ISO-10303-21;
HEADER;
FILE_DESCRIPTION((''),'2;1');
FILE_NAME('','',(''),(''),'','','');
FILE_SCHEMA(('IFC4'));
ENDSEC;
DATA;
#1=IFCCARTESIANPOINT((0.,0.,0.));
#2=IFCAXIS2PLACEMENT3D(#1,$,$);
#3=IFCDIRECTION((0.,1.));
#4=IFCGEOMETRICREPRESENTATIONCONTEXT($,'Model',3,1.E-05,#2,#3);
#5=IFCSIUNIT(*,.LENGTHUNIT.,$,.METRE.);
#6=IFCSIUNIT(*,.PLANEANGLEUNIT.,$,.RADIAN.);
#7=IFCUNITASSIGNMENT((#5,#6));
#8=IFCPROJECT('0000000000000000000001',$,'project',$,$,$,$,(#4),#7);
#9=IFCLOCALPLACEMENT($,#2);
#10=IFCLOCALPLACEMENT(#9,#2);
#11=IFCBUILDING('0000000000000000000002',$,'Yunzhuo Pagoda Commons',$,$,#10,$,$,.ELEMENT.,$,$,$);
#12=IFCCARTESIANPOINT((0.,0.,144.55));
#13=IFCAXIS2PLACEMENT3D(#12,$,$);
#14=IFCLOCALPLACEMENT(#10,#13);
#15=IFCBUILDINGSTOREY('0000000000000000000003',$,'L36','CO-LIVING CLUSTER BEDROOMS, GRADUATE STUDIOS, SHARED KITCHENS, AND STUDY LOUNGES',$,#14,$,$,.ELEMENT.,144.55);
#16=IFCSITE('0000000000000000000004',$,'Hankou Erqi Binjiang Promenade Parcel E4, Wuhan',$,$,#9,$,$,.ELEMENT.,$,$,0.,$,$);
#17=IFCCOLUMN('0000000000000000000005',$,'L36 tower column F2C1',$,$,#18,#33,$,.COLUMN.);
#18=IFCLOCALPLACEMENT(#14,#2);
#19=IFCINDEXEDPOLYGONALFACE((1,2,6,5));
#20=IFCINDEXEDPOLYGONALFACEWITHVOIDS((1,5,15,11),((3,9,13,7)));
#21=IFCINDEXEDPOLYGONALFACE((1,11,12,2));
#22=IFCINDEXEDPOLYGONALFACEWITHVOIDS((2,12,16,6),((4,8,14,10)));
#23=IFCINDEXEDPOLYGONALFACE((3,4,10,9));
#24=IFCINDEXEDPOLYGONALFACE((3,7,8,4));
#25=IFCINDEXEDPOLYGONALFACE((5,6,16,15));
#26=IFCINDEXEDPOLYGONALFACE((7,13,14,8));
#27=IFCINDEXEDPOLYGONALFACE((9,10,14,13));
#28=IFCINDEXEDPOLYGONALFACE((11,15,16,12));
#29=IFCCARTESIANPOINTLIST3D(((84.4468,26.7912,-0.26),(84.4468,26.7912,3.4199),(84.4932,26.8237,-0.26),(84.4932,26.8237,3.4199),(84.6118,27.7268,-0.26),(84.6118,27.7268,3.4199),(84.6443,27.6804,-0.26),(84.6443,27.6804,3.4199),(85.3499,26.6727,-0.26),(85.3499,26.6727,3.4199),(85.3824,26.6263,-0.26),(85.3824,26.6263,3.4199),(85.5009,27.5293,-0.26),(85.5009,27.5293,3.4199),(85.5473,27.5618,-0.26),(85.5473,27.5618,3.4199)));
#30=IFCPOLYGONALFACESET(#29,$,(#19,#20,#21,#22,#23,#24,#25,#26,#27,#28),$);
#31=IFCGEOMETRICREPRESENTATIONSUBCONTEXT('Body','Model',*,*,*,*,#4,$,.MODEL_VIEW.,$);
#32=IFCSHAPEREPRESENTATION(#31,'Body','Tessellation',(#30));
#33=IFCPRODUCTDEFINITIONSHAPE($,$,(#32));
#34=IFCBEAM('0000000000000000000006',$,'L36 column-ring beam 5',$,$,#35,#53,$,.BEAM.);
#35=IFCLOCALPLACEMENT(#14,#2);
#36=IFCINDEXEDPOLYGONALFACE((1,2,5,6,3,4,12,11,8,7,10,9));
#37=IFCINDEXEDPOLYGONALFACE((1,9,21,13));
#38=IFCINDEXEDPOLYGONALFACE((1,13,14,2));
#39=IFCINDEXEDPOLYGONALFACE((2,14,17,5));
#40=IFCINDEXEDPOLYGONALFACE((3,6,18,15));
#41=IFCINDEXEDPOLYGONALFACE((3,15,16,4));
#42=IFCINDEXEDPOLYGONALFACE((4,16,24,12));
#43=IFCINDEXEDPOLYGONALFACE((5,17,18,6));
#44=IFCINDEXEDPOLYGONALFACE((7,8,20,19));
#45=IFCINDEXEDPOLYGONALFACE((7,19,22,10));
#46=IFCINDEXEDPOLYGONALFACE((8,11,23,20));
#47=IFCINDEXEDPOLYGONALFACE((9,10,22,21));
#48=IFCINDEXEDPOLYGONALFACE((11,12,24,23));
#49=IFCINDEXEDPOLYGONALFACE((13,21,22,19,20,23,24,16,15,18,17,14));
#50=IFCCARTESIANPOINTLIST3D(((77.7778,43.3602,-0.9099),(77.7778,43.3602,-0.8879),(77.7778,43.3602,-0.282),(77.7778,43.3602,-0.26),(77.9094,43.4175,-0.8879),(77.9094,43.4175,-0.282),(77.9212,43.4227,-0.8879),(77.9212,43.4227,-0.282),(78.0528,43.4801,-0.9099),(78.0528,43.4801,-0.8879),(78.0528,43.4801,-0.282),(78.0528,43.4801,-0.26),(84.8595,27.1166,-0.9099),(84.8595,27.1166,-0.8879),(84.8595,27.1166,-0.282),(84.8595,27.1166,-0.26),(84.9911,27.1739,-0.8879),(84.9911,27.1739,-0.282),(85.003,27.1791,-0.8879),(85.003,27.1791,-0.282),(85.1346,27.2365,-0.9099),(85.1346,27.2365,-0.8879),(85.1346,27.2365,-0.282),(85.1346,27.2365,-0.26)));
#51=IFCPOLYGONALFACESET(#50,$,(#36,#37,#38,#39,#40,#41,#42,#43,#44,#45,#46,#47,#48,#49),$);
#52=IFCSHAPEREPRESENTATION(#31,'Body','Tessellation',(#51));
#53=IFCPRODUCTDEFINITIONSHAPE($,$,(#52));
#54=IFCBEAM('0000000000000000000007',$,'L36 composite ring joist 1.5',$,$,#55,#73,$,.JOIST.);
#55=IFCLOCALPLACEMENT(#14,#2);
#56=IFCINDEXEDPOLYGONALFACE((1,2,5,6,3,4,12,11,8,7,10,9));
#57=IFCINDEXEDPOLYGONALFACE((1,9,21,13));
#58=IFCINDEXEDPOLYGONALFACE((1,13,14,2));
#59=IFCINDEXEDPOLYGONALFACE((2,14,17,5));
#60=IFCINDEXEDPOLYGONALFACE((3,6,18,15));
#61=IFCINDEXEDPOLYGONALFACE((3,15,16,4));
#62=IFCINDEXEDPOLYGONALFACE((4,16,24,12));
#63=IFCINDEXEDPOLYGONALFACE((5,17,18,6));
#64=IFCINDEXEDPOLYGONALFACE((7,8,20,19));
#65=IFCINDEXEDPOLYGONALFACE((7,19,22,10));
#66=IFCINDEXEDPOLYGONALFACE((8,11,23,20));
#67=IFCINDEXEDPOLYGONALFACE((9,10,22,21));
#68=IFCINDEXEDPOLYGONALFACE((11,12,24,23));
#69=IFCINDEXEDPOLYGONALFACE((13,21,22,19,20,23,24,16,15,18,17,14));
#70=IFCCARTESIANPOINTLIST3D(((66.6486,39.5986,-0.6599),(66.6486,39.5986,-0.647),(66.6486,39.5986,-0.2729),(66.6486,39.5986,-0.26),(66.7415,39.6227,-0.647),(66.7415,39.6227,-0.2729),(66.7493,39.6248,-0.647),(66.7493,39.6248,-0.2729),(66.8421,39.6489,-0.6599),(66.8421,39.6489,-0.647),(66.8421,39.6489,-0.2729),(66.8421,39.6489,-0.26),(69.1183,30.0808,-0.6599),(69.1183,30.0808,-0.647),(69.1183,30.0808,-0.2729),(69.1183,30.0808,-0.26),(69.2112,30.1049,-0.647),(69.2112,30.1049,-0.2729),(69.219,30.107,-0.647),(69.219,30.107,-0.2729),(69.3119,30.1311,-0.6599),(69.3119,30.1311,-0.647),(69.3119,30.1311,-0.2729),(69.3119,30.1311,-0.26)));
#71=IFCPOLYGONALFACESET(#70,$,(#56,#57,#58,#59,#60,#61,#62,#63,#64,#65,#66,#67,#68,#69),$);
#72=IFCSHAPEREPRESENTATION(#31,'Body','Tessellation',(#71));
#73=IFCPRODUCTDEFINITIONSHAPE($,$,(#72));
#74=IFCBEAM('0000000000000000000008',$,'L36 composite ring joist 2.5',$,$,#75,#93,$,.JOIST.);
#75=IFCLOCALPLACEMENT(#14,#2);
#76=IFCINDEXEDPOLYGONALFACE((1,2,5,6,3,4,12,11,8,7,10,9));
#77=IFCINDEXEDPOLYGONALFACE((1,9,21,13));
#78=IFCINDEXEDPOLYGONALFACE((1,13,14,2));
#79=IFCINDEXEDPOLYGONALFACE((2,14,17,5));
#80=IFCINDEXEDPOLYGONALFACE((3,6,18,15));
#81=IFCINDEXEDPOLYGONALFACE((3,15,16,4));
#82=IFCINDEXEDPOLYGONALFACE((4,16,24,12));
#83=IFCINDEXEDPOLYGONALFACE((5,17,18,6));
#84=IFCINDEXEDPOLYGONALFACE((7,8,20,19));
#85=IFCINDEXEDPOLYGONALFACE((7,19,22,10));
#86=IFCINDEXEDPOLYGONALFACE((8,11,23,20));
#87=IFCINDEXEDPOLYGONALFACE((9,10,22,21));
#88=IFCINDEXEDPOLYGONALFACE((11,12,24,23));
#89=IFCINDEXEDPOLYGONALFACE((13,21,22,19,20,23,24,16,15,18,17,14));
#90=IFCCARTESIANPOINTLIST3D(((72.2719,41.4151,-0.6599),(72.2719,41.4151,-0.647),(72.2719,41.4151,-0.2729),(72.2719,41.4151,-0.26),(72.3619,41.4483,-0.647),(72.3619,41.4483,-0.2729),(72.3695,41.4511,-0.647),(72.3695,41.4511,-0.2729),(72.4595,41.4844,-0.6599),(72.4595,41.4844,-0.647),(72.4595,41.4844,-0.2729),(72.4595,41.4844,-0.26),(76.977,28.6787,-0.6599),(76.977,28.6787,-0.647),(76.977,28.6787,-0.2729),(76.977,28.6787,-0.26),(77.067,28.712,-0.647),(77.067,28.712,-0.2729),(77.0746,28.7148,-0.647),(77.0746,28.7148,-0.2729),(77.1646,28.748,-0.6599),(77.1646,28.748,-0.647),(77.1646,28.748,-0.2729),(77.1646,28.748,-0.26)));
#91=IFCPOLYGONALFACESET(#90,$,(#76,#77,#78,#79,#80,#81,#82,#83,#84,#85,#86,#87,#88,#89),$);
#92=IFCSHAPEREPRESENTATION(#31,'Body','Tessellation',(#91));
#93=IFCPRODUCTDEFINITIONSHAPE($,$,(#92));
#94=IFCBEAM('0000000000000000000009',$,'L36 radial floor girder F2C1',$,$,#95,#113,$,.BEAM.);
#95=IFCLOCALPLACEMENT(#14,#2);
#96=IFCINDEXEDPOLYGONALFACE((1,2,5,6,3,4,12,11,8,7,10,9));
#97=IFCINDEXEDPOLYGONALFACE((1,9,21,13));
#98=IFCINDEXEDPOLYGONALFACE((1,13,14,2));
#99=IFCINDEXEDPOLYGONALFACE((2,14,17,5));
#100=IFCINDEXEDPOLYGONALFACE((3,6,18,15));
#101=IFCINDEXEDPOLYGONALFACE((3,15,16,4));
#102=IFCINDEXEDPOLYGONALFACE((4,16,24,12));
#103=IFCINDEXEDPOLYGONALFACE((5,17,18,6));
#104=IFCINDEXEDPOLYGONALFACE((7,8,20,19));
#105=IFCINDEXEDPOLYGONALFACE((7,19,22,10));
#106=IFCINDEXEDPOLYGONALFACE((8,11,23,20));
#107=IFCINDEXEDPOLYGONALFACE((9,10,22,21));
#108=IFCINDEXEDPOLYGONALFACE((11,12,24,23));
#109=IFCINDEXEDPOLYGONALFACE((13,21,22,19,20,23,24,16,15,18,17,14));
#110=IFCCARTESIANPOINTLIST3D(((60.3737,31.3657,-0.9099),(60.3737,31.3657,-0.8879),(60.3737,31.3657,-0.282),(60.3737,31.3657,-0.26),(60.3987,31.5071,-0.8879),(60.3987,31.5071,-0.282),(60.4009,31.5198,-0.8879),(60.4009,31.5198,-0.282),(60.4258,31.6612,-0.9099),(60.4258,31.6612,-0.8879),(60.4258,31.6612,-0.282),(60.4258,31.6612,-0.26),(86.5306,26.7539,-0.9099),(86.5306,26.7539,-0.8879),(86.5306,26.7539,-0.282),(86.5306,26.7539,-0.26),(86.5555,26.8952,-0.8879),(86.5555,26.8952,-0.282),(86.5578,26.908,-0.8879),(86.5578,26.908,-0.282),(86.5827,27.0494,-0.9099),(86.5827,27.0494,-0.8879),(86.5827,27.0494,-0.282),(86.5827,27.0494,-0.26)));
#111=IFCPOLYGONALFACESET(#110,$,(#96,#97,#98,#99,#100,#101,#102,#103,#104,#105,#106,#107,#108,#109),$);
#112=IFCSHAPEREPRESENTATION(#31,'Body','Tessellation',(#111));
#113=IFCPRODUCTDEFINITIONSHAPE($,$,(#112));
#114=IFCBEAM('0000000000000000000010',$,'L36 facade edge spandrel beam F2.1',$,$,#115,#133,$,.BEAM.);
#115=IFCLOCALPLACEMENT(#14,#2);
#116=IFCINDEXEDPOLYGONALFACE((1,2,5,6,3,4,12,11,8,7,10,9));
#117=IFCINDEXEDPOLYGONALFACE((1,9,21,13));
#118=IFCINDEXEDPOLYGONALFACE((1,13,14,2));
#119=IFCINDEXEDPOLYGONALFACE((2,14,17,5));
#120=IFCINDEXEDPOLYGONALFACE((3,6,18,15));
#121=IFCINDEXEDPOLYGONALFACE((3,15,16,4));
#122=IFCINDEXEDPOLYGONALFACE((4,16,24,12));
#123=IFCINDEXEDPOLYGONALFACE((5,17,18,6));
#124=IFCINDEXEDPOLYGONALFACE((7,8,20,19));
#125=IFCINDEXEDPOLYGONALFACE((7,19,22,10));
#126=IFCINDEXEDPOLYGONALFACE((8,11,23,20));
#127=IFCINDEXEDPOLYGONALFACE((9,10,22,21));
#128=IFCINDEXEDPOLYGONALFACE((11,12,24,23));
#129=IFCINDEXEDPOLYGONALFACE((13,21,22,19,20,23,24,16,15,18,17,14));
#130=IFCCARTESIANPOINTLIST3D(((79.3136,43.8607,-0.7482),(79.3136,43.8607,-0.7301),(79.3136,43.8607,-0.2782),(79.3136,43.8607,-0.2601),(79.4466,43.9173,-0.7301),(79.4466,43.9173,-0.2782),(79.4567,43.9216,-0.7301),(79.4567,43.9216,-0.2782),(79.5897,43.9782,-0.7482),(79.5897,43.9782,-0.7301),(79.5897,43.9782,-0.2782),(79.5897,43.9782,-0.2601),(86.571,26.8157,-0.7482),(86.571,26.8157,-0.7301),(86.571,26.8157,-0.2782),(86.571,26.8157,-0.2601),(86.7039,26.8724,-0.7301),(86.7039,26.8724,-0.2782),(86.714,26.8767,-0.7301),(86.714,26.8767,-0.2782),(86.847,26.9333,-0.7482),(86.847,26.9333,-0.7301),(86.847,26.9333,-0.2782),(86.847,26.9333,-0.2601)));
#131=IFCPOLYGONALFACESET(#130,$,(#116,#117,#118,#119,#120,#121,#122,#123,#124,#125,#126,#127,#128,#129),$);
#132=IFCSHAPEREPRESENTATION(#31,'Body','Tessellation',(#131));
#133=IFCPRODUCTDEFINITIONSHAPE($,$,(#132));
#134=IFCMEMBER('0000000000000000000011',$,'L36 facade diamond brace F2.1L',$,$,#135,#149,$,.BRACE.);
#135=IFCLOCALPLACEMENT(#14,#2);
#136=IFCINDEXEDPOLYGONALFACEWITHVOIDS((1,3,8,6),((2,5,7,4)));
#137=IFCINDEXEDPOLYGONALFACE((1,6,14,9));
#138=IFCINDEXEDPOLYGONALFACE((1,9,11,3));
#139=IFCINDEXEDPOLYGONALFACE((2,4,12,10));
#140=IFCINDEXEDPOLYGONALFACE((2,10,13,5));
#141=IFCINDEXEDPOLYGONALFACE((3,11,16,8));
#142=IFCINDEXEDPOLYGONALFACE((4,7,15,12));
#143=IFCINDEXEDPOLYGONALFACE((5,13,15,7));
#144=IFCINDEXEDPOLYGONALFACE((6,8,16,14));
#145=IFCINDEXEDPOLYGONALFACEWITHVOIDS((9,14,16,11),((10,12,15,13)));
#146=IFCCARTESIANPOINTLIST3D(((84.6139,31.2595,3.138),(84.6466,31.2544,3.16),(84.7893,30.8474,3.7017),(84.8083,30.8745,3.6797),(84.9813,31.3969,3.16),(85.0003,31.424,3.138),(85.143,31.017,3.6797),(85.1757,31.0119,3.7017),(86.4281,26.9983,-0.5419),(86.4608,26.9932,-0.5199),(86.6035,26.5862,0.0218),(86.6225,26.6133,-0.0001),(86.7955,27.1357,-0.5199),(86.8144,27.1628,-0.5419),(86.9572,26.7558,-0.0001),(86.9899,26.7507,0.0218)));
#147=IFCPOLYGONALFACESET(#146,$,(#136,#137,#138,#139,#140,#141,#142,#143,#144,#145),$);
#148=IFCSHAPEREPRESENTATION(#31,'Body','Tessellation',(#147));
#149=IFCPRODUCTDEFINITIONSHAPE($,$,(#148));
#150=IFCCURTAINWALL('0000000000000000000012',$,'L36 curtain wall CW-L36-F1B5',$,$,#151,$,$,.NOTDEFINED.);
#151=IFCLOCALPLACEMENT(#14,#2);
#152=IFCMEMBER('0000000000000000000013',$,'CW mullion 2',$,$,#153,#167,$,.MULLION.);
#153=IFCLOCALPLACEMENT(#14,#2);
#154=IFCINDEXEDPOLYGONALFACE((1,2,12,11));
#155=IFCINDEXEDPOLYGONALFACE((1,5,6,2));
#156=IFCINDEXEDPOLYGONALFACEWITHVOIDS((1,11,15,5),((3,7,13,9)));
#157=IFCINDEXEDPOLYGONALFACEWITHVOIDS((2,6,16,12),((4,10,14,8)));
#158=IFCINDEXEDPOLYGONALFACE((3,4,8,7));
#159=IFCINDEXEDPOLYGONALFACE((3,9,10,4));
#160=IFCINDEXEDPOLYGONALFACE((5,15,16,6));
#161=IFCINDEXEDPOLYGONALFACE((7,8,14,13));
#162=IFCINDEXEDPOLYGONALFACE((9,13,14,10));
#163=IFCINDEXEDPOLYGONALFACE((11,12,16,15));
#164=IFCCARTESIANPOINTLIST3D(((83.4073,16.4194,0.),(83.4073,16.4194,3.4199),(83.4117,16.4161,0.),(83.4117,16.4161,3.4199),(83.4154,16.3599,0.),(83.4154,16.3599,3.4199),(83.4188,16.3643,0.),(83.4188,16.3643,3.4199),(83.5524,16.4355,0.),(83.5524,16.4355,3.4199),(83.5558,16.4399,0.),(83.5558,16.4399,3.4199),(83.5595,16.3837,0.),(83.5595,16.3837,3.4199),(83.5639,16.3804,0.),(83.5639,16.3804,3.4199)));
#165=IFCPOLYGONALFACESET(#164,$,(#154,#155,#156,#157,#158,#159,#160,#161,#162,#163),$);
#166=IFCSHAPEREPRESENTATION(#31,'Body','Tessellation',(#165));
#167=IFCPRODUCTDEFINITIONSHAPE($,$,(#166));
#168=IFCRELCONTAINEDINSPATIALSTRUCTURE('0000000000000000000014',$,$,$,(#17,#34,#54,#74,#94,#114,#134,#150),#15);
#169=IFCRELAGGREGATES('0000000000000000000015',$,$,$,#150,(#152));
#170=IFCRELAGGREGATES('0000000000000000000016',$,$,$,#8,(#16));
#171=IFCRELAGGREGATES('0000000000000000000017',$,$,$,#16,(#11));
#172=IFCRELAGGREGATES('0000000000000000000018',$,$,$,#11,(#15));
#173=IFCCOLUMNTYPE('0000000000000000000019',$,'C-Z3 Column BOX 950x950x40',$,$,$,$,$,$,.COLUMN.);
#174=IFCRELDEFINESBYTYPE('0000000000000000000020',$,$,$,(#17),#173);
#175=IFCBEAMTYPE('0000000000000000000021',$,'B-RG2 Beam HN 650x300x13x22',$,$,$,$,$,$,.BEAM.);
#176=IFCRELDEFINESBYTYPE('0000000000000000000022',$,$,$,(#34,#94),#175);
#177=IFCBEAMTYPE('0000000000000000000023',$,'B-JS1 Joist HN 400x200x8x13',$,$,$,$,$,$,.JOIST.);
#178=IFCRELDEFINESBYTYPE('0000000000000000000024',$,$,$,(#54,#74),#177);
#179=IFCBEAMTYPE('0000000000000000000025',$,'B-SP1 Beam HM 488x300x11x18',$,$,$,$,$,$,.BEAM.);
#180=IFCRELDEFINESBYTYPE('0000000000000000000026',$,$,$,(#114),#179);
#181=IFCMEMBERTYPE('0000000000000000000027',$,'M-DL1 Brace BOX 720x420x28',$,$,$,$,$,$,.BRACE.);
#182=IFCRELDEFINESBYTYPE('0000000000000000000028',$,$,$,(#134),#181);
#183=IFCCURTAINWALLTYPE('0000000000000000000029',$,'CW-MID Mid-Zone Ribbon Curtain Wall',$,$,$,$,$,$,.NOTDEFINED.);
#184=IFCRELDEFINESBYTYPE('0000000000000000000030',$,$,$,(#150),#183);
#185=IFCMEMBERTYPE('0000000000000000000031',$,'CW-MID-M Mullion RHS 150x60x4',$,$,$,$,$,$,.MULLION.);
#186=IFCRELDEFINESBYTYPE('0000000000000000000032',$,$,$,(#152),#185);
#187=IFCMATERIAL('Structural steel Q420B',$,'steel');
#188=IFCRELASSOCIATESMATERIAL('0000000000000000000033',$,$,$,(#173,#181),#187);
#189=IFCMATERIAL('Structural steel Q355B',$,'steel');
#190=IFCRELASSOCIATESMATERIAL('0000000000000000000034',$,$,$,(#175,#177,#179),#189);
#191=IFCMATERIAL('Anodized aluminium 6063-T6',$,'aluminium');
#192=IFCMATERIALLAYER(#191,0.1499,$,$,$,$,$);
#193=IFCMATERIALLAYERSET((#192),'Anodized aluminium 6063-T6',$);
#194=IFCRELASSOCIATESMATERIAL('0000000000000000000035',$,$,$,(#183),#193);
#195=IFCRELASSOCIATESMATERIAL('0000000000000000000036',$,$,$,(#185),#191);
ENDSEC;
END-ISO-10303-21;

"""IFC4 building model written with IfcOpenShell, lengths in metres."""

from ifc_helpers import new_model, si_unit, direction, frame, origin, origin_2d, place, context, subcontext, project, spatial, hollow_rectangle, i_section, extrude, source, transform, mapped, material, layer, layer_set, material_profile, profile_set, type_object, element, aggregate, save


model = new_model("IFC4")

# Units and contexts
model_context = context("Model", 3, precision=1e-05, world=origin(), true_north=direction((0.0, 1.0)))
body_context = subcontext(model_context, "Body", "Model", "MODEL_VIEW")
ifc_project = project(units=[si_unit("LENGTHUNIT", "METRE"), si_unit("PLANEANGLEUNIT", "RADIAN")], contexts=[model_context])

# Site, building, storey
site_placement = place(None, origin())
site = spatial("IfcSite", under=ifc_project, at=site_placement, Name="Hankou Erqi Binjiang Promenade Parcel E4, Wuhan", CompositionType="ELEMENT", RefElevation=0.0)
building_placement = place(site_placement, origin())
building = spatial("IfcBuilding", under=site, at=building_placement, Name="Yunzhuo Pagoda Commons", CompositionType="ELEMENT")
storey_placement = place(building_placement, frame((0.0, 0.0, 144.55)))
storey = spatial("IfcBuildingStorey", under=building, at=storey_placement, Name="L36", Description="CO-LIVING CLUSTER BEDROOMS, GRADUATE STUDIOS, SHARED KITCHENS, AND STUDY LOUNGES", CompositionType="ELEMENT", Elevation=144.55)

# Column
ifc_material_1 = material(Name="Structural steel Q420B", Category="steel")
ifc_material_profile_1 = material_profile(ifc_material_1, hollow_rectangle(XDim=0.95, YDim=0.95, WallThickness=0.04, at=origin_2d()), Name="Structural steel Q420B")
ifc_profile_set_1 = profile_set([ifc_material_profile_1], Name="Structural steel Q420B")
column_type = type_object("IfcColumnType", Name="C-Z3 Column BOX 950x950x40", PredefinedType="COLUMN", material=ifc_profile_set_1)
shared_shape_1 = source(origin(), body_context, "Body", "SweptSolid", [
    extrude(hollow_rectangle(XDim=0.95, YDim=0.95, WallThickness=0.04, at=origin_2d()), origin(), (0.0, 0.0, 1.0), 3.6799),
])
column_placement = place(storey_placement, frame((84.9971, 27.1765, -0.26), z_axis=(0.0, 0.0, 1.0), x_axis=(0.173648, 0.984808, 0.0)))
element("IfcColumn", 1, at=column_placement, inside=storey, type_object=column_type, Name="L36 tower column F2C1", PredefinedType="COLUMN", context=body_context, shape_type="MappedRepresentation", body=[
    mapped(shared_shape_1, transform((0.0, 0.0, 0.0), scale=1.0)),
])

# Beams
ifc_material_2 = material(Name="Structural steel Q355B", Category="steel")
ifc_material_profile_2 = material_profile(ifc_material_2, i_section(OverallWidth=0.3, OverallDepth=0.6499, WebThickness=0.0129, FlangeThickness=0.022, at=origin_2d()), Name="Structural steel Q355B")
ifc_profile_set_2 = profile_set([ifc_material_profile_2], Name="Structural steel Q355B")
beam_type_1 = type_object("IfcBeamType", Name="B-RG2 Beam HN 650x300x13x22", PredefinedType="BEAM", material=ifc_profile_set_2)
shared_shape_2 = source(origin(), body_context, "Body", "SweptSolid", [
    extrude(i_section(OverallWidth=0.3, OverallDepth=0.6499, WebThickness=0.0129, FlangeThickness=0.022, at=origin_2d()), origin(), (0.0, 0.0, 1.0), 17.7202),
])
beam_1_placement = place(storey_placement, frame((84.9971, 27.1765, -0.585), z_axis=(-0.399643, 0.916671, 0.0), x_axis=(-0.916671, -0.399643, 0.0)))
element("IfcBeam", 2, at=beam_1_placement, inside=storey, type_object=beam_type_1, Name="L36 column-ring beam 5", PredefinedType="BEAM", context=body_context, shape_type="MappedRepresentation", body=[
    mapped(shared_shape_2, transform((0.0, 0.0, 0.0), scale=1.0)),
])
ifc_material_profile_3 = material_profile(ifc_material_2, i_section(OverallWidth=0.2, OverallDepth=0.3999, WebThickness=0.0081, FlangeThickness=0.0129, at=origin_2d()), Name="Structural steel Q355B")
ifc_profile_set_3 = profile_set([ifc_material_profile_3], Name="Structural steel Q355B")
beam_type_2 = type_object("IfcBeamType", Name="B-JS1 Joist HN 400x200x8x13", PredefinedType="JOIST", material=ifc_profile_set_3)
shared_shape_3 = source(origin(), body_context, "Body", "SweptSolid", [
    extrude(i_section(OverallWidth=0.2, OverallDepth=0.3999, WebThickness=0.0081, FlangeThickness=0.0129, at=origin_2d()), origin(), (0.0, 0.0, 1.0), 9.833),
])
beam_2_placement = place(storey_placement, frame((69.2151, 30.106, -0.46), z_axis=(-0.251166, 0.967944, 0.0), x_axis=(-0.967944, -0.251166, 0.0)))
element("IfcBeam", 3, at=beam_2_placement, inside=storey, type_object=beam_type_2, Name="L36 composite ring joist 1.5", PredefinedType="JOIST", context=body_context, shape_type="MappedRepresentation", body=[
    mapped(shared_shape_3, transform((0.0, 0.0, 0.0), scale=1.0)),
])
shared_shape_4 = source(origin(), body_context, "Body", "SweptSolid", [
    extrude(i_section(OverallWidth=0.2, OverallDepth=0.3999, WebThickness=0.0081, FlangeThickness=0.0129, at=origin_2d()), origin(), (0.0, 0.0, 1.0), 13.5776),
])
beam_3_placement = place(storey_placement, frame((77.0708, 28.7134, -0.46), z_axis=(-0.346532, 0.938038, 0.0), x_axis=(-0.938038, -0.346532, 0.0)))
element("IfcBeam", 4, at=beam_3_placement, inside=storey, type_object=beam_type_2, Name="L36 composite ring joist 2.5", PredefinedType="JOIST", context=body_context, shape_type="MappedRepresentation", body=[
    mapped(shared_shape_4, transform((0.0, 0.0, 0.0), scale=1.0)),
])
shared_shape_5 = source(origin(), body_context, "Body", "SweptSolid", [
    extrude(i_section(OverallWidth=0.3, OverallDepth=0.6499, WebThickness=0.0129, FlangeThickness=0.022, at=origin_2d()), origin(), (0.0, 0.0, 1.0), 26.5603),
])
beam_4_placement = place(storey_placement, frame((86.5566, 26.9016, -0.585), z_axis=(-0.98481, 0.173636, 0.0), x_axis=(-0.173636, -0.98481, 0.0)))
element("IfcBeam", 5, at=beam_4_placement, inside=storey, type_object=beam_type_1, Name="L36 radial floor girder F2C1", PredefinedType="BEAM", context=body_context, shape_type="MappedRepresentation", body=[
    mapped(shared_shape_5, transform((0.0, 0.0, 0.0), scale=1.0)),
])
ifc_material_profile_4 = material_profile(ifc_material_2, i_section(OverallWidth=0.3, OverallDepth=0.488, WebThickness=0.011, FlangeThickness=0.0181, at=origin_2d()), Name="Structural steel Q355B")
ifc_profile_set_4 = profile_set([ifc_material_profile_4], Name="Structural steel Q355B")
beam_type_3 = type_object("IfcBeamType", Name="B-SP1 Beam HM 488x300x11x18", PredefinedType="BEAM", material=ifc_profile_set_4)
shared_shape_6 = source(origin(), body_context, "Body", "SweptSolid", [
    extrude(i_section(OverallWidth=0.3, OverallDepth=0.488, WebThickness=0.011, FlangeThickness=0.0181, at=origin_2d()), origin(), (0.0, 0.0, 1.0), 18.5256),
])
beam_5_placement = place(storey_placement, frame((86.709, 26.8745, -0.5042), z_axis=(-0.391746, 0.920074, 0.0), x_axis=(-0.920074, -0.391746, 0.0)))
element("IfcBeam", 6, at=beam_5_placement, inside=storey, type_object=beam_type_3, Name="L36 facade edge spandrel beam F2.1", PredefinedType="BEAM", context=body_context, shape_type="MappedRepresentation", body=[
    mapped(shared_shape_6, transform((0.0, 0.0, 0.0), scale=1.0)),
])

# Member
ifc_material_profile_5 = material_profile(ifc_material_1, hollow_rectangle(XDim=0.4199, YDim=0.72, WallThickness=0.0281, at=origin_2d()), Name="Structural steel Q420B")
ifc_profile_set_5 = profile_set([ifc_material_profile_5], Name="Structural steel Q420B")
member_type_1 = type_object("IfcMemberType", Name="M-DL1 Brace BOX 720x420x28", PredefinedType="BRACE", material=ifc_profile_set_5)
shared_shape_7 = source(origin(), body_context, "Body", "SweptSolid", [
    extrude(hollow_rectangle(XDim=0.4199, YDim=0.72, WallThickness=0.0281, at=origin_2d()), origin(), (0.0, 0.0, 1.0), 5.9153),
])
member_1_placement = place(storey_placement, frame((86.709, 26.8745, -0.26), z_axis=(-0.306695, 0.720369, 0.622099), x_axis=(-0.920083, -0.391723, 0.0)))
element("IfcMember", 7, at=member_1_placement, inside=storey, type_object=member_type_1, Name="L36 facade diamond brace F2.1L", PredefinedType="BRACE", context=body_context, shape_type="MappedRepresentation", body=[
    mapped(shared_shape_7, transform((0.0, 0.0, 0.0), scale=1.0)),
])

# Curtain wall, member
ifc_material_3 = material(Name="Anodized aluminium 6063-T6", Category="aluminium")
ifc_layer_1 = layer(ifc_material_3, 0.1499)
ifc_layer_set_1 = layer_set([ifc_layer_1], Name="Anodized aluminium 6063-T6")
curtain_wall_type = type_object("IfcCurtainWallType", Name="CW-MID Mid-Zone Ribbon Curtain Wall", PredefinedType="NOTDEFINED", material=ifc_layer_set_1)
curtain_wall_1_placement = place(storey_placement, origin())
curtain_wall_1 = element("IfcCurtainWall", 8, at=curtain_wall_1_placement, inside=storey, type_object=curtain_wall_type, Name="L36 curtain wall CW-L36-F1B5", PredefinedType="NOTDEFINED")
ifc_material_profile_6 = material_profile(ifc_material_3, hollow_rectangle(XDim=0.0601, YDim=0.1499, WallThickness=0.0039, at=origin_2d()), Name="Anodized aluminium 6063-T6")
ifc_profile_set_6 = profile_set([ifc_material_profile_6], Name="Anodized aluminium 6063-T6")
member_type_2 = type_object("IfcMemberType", Name="CW-MID-M Mullion RHS 150x60x4", PredefinedType="MULLION", material=ifc_profile_set_6)
shared_shape_8 = source(origin(), body_context, "Body", "SweptSolid", [
    extrude(hollow_rectangle(XDim=0.0601, YDim=0.1499, WallThickness=0.0039, at=origin_2d()), origin(), (0.0, 0.0, 1.0), 3.4199),
])
member_2_placement = place(storey_placement, frame((83.4856, 16.3999, 0.0), z_axis=(0.0, 0.0, 1.0), x_axis=(-0.136221, 0.990679, 0.0)))
member_2 = element("IfcMember", 9, at=member_2_placement, type_object=member_type_2, Name="CW mullion 2", PredefinedType="MULLION", context=body_context, shape_type="MappedRepresentation", body=[
    mapped(shared_shape_8, transform((0.0, 0.0, 0.0), scale=1.0)),
])

aggregate(curtain_wall_1, [member_2])

save(model, "model.ifc")
